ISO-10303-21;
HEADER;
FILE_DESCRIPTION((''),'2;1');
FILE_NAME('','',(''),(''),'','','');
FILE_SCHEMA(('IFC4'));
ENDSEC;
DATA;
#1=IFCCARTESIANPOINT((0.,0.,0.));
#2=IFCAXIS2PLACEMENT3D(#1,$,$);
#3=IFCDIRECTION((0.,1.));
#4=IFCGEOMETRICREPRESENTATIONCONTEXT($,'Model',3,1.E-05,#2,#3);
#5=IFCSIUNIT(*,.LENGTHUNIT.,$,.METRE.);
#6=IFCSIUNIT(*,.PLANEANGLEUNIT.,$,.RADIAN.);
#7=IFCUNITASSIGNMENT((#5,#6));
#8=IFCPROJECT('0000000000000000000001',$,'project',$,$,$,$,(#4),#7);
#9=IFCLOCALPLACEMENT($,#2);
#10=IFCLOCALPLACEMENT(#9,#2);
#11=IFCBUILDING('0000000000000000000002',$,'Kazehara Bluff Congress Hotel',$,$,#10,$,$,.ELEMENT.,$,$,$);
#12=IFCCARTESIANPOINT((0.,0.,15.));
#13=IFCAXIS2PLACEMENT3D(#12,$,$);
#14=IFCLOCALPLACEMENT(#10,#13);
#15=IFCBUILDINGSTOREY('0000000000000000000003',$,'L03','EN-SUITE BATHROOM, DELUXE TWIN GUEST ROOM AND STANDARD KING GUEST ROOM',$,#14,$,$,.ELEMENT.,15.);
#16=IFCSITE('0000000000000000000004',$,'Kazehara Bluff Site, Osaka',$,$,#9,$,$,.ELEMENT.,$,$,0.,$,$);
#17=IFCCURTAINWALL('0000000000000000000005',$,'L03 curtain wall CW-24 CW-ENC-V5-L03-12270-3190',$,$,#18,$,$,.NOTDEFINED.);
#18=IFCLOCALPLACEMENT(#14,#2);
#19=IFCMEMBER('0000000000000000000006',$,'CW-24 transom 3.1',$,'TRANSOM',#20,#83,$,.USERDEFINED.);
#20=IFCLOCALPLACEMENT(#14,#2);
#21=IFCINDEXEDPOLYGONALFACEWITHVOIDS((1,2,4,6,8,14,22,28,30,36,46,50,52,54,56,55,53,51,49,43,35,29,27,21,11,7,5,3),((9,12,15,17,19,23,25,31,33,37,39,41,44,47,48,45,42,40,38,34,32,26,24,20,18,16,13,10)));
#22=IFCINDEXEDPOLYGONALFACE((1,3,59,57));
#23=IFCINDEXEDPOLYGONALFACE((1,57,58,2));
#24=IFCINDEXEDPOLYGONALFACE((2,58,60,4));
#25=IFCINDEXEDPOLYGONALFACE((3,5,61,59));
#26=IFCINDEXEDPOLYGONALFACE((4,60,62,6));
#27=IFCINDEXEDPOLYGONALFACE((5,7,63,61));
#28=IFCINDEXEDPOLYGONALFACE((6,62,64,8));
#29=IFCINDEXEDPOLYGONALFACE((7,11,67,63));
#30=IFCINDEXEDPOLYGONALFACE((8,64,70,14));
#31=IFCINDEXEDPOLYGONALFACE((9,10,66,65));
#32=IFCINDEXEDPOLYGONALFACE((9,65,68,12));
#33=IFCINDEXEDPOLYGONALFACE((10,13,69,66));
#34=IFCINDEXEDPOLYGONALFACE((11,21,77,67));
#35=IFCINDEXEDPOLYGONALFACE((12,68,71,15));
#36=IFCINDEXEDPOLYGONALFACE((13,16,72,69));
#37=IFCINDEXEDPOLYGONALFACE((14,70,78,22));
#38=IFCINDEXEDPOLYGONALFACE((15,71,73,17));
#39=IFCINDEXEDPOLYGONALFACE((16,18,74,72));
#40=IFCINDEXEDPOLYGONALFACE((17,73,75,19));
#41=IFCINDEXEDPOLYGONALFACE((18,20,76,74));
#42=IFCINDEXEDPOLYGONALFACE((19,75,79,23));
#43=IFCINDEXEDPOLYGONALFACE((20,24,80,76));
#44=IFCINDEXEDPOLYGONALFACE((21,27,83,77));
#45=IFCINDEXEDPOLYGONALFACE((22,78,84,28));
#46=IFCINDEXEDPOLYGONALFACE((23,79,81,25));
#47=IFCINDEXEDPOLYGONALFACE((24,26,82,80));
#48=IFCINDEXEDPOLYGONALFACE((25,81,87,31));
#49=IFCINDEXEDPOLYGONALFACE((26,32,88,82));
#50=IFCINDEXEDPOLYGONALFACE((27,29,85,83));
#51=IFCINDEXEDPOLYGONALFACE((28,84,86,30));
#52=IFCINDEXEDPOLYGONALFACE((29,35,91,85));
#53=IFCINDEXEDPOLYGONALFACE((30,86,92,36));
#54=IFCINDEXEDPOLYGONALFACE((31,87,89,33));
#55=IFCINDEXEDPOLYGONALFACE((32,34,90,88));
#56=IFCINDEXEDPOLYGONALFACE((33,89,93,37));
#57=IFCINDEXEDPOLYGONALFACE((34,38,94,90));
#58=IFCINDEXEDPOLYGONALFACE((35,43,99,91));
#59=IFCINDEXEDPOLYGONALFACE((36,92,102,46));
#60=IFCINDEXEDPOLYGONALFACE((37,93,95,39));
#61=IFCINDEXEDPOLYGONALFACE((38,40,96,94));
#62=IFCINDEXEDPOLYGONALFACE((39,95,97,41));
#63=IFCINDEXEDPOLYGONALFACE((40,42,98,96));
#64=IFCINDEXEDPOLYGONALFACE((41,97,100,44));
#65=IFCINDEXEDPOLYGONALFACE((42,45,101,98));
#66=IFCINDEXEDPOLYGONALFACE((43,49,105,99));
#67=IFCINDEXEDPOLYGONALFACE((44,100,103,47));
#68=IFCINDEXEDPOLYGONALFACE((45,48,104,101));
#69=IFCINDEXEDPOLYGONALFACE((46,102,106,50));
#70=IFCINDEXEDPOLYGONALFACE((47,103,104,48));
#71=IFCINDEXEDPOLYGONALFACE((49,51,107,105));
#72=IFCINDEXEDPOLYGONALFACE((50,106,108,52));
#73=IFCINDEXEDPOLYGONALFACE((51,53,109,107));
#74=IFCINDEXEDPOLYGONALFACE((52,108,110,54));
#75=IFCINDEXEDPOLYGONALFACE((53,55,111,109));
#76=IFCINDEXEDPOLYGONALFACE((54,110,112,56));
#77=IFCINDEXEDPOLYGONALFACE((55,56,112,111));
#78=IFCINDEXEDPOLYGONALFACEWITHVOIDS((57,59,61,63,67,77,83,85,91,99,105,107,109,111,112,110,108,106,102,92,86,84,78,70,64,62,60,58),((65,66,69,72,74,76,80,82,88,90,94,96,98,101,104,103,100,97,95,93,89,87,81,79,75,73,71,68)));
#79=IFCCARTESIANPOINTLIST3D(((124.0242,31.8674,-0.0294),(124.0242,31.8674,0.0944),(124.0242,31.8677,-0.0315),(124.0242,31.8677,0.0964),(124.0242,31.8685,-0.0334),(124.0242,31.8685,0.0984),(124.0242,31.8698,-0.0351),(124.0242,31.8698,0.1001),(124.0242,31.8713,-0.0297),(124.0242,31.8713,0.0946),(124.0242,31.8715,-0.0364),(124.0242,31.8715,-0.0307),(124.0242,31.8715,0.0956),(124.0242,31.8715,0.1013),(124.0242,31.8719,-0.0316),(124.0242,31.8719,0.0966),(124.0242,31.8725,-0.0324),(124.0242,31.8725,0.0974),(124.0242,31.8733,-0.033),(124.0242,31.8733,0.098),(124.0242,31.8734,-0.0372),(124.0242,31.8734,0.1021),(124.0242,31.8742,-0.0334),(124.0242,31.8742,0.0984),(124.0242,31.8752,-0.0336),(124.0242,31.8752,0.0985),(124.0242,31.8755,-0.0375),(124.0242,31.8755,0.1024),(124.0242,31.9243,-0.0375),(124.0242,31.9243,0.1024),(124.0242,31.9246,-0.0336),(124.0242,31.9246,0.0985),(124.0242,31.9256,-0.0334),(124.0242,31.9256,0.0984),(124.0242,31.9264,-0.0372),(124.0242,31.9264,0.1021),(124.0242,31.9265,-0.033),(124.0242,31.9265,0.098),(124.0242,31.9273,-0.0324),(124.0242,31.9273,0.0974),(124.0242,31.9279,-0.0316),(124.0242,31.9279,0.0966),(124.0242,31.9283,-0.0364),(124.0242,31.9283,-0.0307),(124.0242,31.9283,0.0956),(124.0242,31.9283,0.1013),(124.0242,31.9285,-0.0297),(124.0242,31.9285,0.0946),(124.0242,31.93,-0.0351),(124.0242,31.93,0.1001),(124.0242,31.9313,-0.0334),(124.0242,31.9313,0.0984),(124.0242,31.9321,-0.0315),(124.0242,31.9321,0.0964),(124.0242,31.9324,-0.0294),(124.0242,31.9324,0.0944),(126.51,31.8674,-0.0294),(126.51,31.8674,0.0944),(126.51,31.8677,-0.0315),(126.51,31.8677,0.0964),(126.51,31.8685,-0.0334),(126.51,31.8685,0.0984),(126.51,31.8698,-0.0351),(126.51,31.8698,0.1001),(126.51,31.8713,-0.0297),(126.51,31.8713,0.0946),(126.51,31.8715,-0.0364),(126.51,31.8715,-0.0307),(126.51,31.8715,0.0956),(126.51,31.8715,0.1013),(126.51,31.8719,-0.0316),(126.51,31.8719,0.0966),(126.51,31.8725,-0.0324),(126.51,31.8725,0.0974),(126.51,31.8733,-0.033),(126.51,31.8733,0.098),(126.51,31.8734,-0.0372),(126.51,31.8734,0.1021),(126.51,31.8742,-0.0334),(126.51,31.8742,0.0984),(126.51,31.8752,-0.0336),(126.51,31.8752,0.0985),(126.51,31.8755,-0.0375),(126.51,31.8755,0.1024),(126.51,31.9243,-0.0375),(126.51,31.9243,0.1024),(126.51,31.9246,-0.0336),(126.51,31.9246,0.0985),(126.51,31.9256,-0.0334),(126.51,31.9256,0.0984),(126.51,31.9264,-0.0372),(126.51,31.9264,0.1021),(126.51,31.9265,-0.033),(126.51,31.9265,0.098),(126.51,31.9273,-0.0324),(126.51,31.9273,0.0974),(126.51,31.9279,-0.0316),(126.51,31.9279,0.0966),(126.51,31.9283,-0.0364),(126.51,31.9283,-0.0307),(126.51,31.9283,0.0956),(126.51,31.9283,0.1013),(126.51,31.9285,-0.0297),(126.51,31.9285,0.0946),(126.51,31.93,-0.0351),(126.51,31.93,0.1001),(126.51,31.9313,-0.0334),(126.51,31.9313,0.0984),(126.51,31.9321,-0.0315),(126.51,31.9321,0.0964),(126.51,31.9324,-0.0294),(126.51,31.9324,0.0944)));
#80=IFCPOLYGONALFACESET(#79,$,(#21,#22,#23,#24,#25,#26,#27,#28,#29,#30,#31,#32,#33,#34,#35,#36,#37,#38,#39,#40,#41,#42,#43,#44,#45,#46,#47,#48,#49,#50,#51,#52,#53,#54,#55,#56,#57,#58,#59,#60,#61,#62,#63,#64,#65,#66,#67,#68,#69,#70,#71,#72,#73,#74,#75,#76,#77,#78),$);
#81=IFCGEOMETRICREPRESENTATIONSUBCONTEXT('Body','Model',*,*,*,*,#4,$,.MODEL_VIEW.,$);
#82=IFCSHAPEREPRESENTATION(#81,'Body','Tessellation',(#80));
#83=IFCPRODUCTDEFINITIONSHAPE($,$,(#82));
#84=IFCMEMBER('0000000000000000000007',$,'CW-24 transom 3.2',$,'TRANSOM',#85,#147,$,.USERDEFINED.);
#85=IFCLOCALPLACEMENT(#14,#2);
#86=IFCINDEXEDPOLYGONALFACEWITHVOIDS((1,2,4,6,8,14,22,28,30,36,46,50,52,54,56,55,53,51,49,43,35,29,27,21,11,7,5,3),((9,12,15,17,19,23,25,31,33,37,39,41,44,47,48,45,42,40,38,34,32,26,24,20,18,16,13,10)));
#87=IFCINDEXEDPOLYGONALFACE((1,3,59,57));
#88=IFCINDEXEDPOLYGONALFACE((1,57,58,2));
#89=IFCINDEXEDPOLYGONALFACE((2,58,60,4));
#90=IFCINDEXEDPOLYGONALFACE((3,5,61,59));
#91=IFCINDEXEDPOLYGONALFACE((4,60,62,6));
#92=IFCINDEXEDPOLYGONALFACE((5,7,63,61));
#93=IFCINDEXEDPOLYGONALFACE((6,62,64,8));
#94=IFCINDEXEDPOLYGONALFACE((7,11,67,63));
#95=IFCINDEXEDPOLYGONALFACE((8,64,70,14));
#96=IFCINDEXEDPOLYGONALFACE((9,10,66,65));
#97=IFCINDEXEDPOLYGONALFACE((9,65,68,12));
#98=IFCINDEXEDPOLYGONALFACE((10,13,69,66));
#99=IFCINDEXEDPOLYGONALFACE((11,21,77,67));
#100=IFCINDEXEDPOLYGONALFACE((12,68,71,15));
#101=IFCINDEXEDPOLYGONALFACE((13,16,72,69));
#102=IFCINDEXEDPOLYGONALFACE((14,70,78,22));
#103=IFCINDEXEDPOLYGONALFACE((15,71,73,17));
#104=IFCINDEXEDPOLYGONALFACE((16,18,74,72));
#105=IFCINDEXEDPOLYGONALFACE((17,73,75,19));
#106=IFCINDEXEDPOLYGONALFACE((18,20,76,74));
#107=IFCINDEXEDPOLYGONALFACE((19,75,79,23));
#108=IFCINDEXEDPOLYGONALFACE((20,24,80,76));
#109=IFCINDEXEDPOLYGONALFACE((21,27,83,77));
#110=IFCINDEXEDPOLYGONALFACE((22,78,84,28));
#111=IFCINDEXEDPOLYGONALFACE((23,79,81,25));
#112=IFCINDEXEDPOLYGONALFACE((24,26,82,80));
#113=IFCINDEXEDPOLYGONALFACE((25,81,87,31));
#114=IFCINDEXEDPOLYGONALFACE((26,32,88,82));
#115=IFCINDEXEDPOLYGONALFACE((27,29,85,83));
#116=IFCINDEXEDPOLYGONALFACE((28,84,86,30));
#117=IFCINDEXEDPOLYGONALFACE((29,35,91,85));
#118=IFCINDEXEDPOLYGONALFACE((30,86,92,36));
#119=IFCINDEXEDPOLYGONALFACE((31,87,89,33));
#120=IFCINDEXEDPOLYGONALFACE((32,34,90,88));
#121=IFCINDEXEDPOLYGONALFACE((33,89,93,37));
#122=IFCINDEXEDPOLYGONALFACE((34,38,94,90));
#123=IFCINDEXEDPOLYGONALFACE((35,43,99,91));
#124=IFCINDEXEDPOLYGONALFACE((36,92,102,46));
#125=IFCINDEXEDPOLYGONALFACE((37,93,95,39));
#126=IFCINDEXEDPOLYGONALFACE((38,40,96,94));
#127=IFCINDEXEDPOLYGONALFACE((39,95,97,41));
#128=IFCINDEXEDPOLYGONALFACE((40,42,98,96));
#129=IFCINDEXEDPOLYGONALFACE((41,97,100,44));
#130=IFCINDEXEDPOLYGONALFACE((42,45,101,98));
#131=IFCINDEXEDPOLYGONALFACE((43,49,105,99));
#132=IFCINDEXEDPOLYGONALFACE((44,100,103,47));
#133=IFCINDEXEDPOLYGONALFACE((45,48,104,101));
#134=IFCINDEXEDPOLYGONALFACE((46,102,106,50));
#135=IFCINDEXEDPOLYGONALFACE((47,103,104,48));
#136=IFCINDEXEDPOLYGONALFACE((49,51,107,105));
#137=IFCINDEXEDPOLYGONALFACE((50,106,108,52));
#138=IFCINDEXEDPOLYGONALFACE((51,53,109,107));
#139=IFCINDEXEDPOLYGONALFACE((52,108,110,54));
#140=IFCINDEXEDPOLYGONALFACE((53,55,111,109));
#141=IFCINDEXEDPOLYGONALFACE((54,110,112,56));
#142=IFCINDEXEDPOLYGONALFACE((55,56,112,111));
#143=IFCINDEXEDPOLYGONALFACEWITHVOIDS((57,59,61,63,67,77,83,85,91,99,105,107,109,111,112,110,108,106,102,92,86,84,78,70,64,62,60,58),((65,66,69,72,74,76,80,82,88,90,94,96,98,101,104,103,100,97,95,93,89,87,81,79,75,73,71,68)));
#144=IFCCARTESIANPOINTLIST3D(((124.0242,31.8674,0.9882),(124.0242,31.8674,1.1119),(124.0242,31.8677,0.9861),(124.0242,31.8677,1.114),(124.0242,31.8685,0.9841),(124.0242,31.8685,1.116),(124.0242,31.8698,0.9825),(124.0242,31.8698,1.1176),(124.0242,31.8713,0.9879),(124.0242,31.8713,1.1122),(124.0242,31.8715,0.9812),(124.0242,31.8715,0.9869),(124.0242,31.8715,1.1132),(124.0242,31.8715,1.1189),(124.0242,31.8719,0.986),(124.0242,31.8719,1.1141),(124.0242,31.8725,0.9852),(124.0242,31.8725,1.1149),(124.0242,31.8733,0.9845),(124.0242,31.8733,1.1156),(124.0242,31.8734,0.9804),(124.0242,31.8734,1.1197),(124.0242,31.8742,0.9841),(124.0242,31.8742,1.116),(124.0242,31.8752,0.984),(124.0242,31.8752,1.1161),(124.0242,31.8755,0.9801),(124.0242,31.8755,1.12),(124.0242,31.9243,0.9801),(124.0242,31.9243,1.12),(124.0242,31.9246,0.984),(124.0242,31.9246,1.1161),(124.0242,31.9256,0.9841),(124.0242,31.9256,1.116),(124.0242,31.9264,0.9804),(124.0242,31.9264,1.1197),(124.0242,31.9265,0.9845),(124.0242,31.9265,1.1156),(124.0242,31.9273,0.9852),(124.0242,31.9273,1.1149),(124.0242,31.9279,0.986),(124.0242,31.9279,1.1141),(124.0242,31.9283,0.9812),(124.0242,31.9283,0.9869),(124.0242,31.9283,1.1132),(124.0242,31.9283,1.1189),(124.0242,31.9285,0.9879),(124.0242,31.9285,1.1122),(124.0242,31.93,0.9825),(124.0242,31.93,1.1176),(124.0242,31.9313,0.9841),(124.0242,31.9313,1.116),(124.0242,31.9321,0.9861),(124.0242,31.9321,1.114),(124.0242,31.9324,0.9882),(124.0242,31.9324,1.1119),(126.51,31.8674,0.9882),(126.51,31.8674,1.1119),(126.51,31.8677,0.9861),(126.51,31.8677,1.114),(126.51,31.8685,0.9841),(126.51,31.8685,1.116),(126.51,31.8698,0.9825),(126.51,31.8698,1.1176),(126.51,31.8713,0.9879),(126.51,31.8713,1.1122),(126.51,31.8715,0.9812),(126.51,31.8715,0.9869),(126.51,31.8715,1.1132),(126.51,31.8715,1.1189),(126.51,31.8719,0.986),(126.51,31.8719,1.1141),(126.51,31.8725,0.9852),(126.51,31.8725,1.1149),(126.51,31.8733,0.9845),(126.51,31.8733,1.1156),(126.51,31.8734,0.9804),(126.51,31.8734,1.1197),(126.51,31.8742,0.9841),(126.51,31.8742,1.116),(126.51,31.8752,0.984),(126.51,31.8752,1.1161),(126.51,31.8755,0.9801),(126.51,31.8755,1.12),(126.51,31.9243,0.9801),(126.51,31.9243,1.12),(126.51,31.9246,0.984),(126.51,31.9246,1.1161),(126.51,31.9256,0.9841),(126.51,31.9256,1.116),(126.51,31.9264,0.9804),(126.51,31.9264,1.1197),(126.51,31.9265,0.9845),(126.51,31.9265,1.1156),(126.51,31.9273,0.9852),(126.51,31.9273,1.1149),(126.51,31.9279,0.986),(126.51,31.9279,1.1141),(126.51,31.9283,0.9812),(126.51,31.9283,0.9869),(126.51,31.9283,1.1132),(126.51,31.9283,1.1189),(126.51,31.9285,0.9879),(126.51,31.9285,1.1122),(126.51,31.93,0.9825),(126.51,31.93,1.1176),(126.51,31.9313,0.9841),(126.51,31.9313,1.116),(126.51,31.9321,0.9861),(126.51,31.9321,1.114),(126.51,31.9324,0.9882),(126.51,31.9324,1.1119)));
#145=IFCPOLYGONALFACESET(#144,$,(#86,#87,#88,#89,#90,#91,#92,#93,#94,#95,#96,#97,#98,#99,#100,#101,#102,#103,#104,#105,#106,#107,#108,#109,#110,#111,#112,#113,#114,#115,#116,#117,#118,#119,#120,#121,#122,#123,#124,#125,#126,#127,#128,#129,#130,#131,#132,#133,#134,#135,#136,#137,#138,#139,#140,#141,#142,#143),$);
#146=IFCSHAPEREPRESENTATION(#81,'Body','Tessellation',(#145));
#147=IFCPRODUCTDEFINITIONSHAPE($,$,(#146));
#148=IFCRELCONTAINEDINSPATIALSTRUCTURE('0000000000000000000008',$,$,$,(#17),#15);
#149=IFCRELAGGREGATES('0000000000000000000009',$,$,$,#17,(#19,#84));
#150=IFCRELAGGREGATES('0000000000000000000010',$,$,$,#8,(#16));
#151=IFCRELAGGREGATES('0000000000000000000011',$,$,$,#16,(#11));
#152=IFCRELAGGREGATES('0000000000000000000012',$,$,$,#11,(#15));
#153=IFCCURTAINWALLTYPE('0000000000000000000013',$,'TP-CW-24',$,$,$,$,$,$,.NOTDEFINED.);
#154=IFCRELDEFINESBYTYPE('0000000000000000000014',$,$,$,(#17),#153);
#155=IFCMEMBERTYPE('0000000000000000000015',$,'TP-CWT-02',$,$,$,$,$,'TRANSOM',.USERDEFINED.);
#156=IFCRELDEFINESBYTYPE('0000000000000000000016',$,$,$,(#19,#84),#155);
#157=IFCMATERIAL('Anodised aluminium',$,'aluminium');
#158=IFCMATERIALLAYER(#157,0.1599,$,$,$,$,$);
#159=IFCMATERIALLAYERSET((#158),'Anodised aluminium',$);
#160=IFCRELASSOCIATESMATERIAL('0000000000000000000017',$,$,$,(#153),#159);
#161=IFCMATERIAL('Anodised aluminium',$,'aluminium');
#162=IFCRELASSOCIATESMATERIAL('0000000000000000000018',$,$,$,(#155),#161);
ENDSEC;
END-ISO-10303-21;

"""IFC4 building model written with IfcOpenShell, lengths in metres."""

from ifc_helpers import new_model, si_unit, direction, frame, origin, origin_2d, place, context, subcontext, project, spatial, hollow_rectangle, extrude, material, layer, layer_set, material_profile, profile_set, type_object, element, aggregate, save


model = new_model("IFC4")

# Units and contexts
model_context = context("Model", 3, precision=1e-05, world=origin(), true_north=direction((0.0, 1.0)))
body_context = subcontext(model_context, "Body", "Model", "MODEL_VIEW")
ifc_project = project(units=[si_unit("LENGTHUNIT", "METRE"), si_unit("PLANEANGLEUNIT", "RADIAN")], contexts=[model_context])

# Site, building, storey
site_placement = place(None, origin())
site = spatial("IfcSite", under=ifc_project, at=site_placement, Name="Kazehara Bluff Site, Osaka", CompositionType="ELEMENT", RefElevation=0.0)
building_placement = place(site_placement, origin())
building = spatial("IfcBuilding", under=site, at=building_placement, Name="Kazehara Bluff Congress Hotel", CompositionType="ELEMENT")
storey_placement = place(building_placement, frame((0.0, 0.0, 15.0)))
storey = spatial("IfcBuildingStorey", under=building, at=storey_placement, Name="L03", Description="EN-SUITE BATHROOM, DELUXE TWIN GUEST ROOM AND STANDARD KING GUEST ROOM", CompositionType="ELEMENT", Elevation=15.0)

# Curtain wall
ifc_material_1 = material(Name="Anodised aluminium", Category="aluminium")
ifc_layer_1 = layer(ifc_material_1, 0.1599)
ifc_layer_set_1 = layer_set([ifc_layer_1], Name="Anodised aluminium")
curtain_wall_type = type_object("IfcCurtainWallType", Name="TP-CW-24", PredefinedType="NOTDEFINED", material=ifc_layer_set_1)
curtain_wall_1_placement = place(storey_placement, origin())
curtain_wall_1 = element("IfcCurtainWall", 1, at=curtain_wall_1_placement, inside=storey, type_object=curtain_wall_type, Name="L03 curtain wall CW-24 CW-ENC-V5-L03-12270-3190", PredefinedType="NOTDEFINED")

# Members
ifc_material_2 = material(Name="Anodised aluminium", Category="aluminium")
ifc_material_profile_1 = material_profile(ifc_material_2, hollow_rectangle(XDim=0.0649, YDim=0.1399, WallThickness=0.0039, InnerFilletRadius=0.0039, OuterFilletRadius=0.0081, at=origin_2d()))
ifc_profile_set_1 = profile_set([ifc_material_profile_1], Name="Anodised aluminium")
member_type_1 = type_object("IfcMemberType", Name="TP-CWT-02", ElementType="TRANSOM", PredefinedType="USERDEFINED", material=ifc_profile_set_1)
member_1_placement = place(storey_placement, frame((124.0242, 31.8999, 0.0325), z_axis=(1.0, 0.0, 0.0), x_axis=(0.0, 1.0, 0.0)))
member_1 = element("IfcMember", 2, at=member_1_placement, type_object=member_type_1, Name="CW-24 transom 3.1", ObjectType="TRANSOM", PredefinedType="USERDEFINED", context=body_context, shape_type="SweptSolid", body=[
    extrude(hollow_rectangle(XDim=0.0649, YDim=0.1399, WallThickness=0.0039, InnerFilletRadius=0.0039, OuterFilletRadius=0.0081, at=origin_2d()), origin(), (0.0, 0.0, 1.0), 2.4858),
])
member_2_placement = place(storey_placement, frame((124.0242, 31.8999, 1.05), z_axis=(1.0, 0.0, 0.0), x_axis=(0.0, 1.0, 0.0)))
member_2 = element("IfcMember", 3, at=member_2_placement, type_object=member_type_1, Name="CW-24 transom 3.2", ObjectType="TRANSOM", PredefinedType="USERDEFINED", context=body_context, shape_type="SweptSolid", body=[
    extrude(hollow_rectangle(XDim=0.0649, YDim=0.1399, WallThickness=0.0039, InnerFilletRadius=0.0039, OuterFilletRadius=0.0081, at=origin_2d()), origin(), (0.0, 0.0, 1.0), 2.4858),
])

aggregate(curtain_wall_1, [member_1, member_2])

save(model, "model.ifc")
